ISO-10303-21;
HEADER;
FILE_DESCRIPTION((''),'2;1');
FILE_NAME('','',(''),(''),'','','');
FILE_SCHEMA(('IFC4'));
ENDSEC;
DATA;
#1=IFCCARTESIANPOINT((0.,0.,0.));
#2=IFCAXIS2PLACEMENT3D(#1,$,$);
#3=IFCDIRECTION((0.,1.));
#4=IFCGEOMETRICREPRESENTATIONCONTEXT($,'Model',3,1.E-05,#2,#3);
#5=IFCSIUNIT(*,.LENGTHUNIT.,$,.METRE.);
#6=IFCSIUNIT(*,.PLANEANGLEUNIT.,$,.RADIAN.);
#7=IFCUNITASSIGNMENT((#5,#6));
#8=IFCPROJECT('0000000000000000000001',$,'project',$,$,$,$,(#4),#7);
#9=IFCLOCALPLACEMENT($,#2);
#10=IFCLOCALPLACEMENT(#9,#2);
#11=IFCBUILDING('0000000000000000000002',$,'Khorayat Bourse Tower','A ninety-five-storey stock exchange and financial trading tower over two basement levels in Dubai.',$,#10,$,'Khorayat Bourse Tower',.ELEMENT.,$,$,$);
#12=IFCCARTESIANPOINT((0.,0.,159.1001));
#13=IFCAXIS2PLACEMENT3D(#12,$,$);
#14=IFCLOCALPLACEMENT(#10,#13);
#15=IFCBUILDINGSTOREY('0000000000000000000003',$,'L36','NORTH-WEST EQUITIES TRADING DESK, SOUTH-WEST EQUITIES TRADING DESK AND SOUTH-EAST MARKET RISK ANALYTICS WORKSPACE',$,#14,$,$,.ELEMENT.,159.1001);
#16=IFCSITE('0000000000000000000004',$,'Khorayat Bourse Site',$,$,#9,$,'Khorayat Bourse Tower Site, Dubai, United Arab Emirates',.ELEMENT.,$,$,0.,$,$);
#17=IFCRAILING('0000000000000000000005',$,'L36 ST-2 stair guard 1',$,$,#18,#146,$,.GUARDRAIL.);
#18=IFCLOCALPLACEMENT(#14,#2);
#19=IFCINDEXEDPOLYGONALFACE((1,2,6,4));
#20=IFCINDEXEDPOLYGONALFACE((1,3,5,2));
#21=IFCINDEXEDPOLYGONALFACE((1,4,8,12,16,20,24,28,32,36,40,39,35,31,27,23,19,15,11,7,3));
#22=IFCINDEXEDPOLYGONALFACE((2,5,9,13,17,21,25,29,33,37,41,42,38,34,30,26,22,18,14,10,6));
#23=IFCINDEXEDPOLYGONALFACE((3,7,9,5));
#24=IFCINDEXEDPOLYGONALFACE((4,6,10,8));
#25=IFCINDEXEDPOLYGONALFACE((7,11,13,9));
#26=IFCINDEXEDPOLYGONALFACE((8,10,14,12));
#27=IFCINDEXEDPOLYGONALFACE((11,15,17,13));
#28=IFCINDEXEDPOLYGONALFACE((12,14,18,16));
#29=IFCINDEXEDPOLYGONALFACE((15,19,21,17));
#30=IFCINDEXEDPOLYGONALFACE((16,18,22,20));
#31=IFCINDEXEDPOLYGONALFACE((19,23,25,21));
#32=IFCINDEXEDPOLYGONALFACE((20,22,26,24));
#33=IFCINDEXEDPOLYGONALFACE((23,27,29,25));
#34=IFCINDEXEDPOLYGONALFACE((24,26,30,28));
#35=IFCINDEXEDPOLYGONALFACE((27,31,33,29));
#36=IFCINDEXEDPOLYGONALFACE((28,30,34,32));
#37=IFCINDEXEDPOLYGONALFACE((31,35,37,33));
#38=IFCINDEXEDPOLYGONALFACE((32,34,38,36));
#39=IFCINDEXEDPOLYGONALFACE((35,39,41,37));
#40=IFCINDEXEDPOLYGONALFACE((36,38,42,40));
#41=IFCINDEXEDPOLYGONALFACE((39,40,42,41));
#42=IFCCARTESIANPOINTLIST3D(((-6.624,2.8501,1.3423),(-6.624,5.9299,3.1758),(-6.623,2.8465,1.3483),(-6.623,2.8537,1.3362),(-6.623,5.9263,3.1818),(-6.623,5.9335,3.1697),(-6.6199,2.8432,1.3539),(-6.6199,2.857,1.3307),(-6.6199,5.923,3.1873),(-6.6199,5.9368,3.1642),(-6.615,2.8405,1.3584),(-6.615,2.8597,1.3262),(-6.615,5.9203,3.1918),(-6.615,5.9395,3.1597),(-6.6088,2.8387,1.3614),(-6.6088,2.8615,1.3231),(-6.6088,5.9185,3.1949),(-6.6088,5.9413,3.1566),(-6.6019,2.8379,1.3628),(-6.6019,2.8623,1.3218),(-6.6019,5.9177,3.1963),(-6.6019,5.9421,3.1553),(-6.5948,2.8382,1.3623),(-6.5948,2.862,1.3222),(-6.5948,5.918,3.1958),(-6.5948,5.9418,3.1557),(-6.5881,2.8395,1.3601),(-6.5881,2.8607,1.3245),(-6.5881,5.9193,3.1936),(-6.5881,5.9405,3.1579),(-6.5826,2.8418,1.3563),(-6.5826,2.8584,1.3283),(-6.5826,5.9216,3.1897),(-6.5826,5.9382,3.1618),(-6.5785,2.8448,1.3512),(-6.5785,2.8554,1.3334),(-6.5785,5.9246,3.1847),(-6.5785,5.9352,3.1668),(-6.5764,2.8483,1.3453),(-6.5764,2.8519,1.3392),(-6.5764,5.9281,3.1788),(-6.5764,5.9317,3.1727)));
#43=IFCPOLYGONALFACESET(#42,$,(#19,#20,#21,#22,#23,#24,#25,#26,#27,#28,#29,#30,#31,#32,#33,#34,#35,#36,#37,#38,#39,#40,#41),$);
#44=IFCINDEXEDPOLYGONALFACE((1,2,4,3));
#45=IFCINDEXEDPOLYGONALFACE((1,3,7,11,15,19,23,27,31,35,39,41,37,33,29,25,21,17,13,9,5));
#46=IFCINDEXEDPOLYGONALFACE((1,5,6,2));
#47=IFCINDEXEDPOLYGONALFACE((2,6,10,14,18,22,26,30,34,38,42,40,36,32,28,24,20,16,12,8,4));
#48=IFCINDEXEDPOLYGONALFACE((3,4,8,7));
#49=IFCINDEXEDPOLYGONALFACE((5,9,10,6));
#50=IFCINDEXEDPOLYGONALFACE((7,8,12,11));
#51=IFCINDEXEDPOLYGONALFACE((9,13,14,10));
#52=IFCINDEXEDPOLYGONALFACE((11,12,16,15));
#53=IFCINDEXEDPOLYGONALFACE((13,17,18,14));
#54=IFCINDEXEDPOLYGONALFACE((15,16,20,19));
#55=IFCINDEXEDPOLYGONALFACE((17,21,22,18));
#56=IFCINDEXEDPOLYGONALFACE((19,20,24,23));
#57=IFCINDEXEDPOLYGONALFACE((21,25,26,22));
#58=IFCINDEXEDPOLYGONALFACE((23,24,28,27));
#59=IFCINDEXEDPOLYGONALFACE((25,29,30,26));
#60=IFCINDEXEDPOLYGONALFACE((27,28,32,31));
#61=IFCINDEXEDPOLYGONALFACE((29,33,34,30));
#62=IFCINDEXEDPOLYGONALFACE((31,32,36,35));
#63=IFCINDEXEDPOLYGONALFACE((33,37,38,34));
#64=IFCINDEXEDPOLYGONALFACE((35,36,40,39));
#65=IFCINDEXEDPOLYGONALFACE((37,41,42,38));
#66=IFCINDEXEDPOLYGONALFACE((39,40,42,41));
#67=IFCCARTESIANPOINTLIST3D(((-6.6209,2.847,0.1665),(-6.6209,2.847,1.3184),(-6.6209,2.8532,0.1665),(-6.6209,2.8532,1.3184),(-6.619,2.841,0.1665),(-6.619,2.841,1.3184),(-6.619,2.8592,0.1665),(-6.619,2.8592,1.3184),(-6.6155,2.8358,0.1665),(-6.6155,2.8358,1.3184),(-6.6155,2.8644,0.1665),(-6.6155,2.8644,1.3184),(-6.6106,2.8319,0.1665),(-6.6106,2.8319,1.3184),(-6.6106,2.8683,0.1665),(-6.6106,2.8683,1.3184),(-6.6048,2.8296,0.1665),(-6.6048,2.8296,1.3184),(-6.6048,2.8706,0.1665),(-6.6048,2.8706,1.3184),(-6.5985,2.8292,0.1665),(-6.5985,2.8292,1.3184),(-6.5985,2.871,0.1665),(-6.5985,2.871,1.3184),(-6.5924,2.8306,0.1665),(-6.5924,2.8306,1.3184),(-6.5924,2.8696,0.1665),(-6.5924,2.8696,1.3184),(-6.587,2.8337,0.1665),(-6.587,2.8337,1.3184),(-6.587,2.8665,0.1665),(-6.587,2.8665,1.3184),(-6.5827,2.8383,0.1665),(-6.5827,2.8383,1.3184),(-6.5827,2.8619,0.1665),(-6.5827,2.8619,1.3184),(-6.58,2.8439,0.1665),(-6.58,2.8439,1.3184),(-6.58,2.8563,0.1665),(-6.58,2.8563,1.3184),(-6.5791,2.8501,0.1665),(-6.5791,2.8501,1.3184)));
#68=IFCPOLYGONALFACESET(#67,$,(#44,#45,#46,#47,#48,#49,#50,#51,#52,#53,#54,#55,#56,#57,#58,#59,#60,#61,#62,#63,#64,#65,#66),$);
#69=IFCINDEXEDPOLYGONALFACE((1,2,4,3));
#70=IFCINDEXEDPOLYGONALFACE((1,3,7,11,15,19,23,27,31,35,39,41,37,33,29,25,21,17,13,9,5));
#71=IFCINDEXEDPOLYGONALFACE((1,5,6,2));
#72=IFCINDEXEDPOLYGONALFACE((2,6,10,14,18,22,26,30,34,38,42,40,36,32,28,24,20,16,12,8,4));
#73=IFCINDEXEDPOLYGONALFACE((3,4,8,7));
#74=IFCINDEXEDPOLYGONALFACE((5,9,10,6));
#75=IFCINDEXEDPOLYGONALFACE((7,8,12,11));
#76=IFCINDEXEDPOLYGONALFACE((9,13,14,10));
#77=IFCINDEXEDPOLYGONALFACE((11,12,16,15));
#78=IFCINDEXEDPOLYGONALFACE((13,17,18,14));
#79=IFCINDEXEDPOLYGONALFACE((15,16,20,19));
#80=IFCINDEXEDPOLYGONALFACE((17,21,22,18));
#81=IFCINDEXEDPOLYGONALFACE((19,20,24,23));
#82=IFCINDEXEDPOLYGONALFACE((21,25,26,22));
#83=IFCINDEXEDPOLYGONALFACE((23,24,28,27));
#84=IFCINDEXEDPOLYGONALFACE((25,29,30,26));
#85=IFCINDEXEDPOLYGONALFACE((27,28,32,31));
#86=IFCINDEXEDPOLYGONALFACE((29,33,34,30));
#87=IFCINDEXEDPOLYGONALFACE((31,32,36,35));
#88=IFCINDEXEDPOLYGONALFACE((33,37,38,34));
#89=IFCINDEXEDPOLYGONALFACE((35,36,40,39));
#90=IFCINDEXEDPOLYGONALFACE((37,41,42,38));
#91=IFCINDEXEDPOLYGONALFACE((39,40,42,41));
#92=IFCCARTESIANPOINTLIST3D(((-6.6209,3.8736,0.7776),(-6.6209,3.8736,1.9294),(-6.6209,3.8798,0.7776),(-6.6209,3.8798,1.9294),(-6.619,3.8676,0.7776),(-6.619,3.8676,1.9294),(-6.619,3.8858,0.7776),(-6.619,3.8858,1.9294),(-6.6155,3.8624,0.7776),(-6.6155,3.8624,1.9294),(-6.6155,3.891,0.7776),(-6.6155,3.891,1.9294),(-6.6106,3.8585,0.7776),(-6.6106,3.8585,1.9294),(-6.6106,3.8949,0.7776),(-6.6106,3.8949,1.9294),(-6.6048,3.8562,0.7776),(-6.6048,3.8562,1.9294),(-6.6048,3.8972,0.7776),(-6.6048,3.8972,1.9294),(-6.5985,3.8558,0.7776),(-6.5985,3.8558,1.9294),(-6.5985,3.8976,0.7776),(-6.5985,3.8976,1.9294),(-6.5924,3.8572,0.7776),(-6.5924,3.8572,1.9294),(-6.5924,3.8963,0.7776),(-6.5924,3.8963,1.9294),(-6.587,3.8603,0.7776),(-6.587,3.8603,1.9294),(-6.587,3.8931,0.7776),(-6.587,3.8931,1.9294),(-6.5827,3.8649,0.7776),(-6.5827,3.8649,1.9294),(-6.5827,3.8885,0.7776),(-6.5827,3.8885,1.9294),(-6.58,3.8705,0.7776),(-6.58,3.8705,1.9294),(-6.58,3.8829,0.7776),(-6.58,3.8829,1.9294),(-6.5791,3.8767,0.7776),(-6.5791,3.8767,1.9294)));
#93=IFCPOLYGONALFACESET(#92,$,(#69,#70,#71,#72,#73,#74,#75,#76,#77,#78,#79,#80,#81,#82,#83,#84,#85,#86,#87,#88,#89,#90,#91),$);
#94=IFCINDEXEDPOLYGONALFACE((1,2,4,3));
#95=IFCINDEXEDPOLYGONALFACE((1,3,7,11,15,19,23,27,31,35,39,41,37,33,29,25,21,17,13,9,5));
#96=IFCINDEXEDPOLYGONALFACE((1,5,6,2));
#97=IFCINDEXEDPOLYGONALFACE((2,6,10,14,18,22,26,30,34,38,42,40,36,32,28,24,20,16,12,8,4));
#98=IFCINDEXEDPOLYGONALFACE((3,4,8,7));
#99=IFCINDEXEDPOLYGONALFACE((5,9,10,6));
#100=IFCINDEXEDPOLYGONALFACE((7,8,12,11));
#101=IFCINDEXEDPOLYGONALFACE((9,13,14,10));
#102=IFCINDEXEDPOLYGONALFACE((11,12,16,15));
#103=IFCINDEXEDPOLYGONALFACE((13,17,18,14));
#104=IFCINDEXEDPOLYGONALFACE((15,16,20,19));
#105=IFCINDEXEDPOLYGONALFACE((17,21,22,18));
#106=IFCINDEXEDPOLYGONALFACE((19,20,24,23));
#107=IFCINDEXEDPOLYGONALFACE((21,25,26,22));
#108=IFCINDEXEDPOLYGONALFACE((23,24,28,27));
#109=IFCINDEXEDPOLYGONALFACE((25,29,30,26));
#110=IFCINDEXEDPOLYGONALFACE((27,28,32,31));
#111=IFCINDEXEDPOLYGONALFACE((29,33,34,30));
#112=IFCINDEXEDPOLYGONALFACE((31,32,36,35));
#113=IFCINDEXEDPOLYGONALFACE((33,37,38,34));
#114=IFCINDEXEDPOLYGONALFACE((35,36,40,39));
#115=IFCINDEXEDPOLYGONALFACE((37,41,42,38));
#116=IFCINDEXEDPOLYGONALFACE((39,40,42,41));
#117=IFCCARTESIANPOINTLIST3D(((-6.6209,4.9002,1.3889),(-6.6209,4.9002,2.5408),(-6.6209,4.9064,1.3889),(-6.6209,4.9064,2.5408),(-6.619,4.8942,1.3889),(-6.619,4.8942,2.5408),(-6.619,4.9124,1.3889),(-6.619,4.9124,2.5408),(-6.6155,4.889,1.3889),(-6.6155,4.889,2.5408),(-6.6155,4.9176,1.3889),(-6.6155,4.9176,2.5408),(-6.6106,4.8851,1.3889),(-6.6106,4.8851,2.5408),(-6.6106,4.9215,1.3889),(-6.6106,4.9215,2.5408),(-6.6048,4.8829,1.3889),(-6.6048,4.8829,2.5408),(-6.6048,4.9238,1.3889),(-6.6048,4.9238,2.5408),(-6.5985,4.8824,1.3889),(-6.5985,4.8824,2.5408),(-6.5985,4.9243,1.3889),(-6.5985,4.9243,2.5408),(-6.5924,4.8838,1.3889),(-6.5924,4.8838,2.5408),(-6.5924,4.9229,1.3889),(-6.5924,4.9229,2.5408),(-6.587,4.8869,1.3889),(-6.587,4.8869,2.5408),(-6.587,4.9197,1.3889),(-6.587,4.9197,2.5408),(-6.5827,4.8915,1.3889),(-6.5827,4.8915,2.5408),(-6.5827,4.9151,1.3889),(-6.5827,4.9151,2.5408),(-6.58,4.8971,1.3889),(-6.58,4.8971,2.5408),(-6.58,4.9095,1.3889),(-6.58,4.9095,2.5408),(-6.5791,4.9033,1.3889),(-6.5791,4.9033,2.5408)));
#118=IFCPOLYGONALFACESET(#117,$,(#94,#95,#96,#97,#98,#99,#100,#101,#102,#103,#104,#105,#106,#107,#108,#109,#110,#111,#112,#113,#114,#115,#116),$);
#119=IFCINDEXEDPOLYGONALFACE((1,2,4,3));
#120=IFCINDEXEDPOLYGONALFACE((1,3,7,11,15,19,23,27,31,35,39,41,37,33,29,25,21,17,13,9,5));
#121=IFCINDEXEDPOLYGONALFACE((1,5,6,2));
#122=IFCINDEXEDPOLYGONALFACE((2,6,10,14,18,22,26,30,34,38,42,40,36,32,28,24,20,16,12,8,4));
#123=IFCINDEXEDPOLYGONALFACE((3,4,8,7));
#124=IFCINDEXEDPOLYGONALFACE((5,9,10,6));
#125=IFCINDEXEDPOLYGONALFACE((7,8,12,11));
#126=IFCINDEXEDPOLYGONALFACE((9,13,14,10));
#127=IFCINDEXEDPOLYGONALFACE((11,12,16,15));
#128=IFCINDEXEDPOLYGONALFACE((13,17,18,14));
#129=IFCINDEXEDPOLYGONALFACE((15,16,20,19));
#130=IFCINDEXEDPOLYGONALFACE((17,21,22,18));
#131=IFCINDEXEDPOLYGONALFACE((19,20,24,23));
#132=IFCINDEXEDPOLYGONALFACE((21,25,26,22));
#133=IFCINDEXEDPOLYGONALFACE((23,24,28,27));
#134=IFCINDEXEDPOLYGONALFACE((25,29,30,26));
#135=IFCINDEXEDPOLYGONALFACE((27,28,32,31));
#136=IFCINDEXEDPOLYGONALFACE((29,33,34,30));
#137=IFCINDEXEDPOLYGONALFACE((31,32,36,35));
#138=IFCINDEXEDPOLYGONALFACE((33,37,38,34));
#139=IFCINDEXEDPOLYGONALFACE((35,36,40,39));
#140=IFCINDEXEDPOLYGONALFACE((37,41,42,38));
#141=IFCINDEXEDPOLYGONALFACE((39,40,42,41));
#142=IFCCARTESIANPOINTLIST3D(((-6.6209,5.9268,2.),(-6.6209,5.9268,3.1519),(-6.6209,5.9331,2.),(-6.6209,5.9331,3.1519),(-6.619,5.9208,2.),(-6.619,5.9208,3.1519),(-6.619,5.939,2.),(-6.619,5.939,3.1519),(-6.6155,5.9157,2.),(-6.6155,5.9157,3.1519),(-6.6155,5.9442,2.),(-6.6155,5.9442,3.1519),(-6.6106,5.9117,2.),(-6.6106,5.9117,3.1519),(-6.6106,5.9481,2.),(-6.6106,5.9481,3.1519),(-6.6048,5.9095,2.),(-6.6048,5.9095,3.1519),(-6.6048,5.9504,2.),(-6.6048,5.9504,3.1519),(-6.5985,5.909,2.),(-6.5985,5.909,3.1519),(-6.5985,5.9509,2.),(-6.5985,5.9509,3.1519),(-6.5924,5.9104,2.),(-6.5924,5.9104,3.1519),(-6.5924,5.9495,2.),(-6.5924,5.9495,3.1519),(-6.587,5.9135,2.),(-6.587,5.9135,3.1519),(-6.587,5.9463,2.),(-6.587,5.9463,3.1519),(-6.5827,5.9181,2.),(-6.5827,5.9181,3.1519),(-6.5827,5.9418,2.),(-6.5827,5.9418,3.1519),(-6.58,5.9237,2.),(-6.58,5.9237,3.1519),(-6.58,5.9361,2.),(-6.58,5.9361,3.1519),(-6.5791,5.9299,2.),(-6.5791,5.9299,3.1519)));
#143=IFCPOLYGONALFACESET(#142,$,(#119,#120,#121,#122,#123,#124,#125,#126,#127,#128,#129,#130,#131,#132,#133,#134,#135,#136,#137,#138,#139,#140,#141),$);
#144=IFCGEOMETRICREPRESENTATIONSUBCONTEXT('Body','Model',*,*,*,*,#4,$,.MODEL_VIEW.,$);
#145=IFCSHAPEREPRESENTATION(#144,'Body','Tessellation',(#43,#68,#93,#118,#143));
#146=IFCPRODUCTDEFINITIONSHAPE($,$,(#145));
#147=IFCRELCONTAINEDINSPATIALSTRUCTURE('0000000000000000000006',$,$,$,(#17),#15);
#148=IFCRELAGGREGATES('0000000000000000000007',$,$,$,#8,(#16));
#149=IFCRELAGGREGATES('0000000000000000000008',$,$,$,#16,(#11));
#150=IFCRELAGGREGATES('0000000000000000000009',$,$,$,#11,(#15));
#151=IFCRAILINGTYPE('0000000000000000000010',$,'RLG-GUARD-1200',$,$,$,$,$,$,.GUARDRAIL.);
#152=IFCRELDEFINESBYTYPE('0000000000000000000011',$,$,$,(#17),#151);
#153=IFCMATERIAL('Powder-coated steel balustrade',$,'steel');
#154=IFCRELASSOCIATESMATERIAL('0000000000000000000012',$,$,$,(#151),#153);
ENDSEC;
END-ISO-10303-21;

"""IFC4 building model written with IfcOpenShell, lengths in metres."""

from ifc_helpers import new_model, si_unit, direction, frame, origin, origin_2d, place, context, subcontext, project, spatial, circle, extrude, source, transform, mapped, material, type_object, element, save


model = new_model("IFC4")

# Units and contexts
model_context = context("Model", 3, precision=1e-05, world=origin(), true_north=direction((0.0, 1.0)))
body_context = subcontext(model_context, "Body", "Model", "MODEL_VIEW")
ifc_project = project(units=[si_unit("LENGTHUNIT", "METRE"), si_unit("PLANEANGLEUNIT", "RADIAN")], contexts=[model_context])

# Site, building, storey
site_placement = place(None, origin())
site = spatial("IfcSite", under=ifc_project, at=site_placement, Name="Khorayat Bourse Site", LongName="Khorayat Bourse Tower Site, Dubai, United Arab Emirates", CompositionType="ELEMENT", RefElevation=0.0)
building_placement = place(site_placement, origin())
building = spatial("IfcBuilding", under=site, at=building_placement, Name="Khorayat Bourse Tower", Description="A ninety-five-storey stock exchange and financial trading tower over two basement levels in Dubai.", LongName="Khorayat Bourse Tower", CompositionType="ELEMENT")
storey_placement = place(building_placement, frame((0.0, 0.0, 159.1001)))
storey = spatial("IfcBuildingStorey", under=building, at=storey_placement, Name="L36", Description="NORTH-WEST EQUITIES TRADING DESK, SOUTH-WEST EQUITIES TRADING DESK AND SOUTH-EAST MARKET RISK ANALYTICS WORKSPACE", CompositionType="ELEMENT", Elevation=159.1001)

# Railing
ifc_material_1 = material(Name="Powder-coated steel balustrade", Category="steel")
railing_type_1 = type_object("IfcRailingType", Name="RLG-GUARD-1200", PredefinedType="GUARDRAIL", material=ifc_material_1)
shared_shape_1 = source(origin(), body_context, "Body", "SweptSolid", [
    extrude(circle(Radius=0.0239, at=origin_2d()), frame((0.0, 0.0, 1.1758), z_axis=(0.0, 0.859261, 0.511538), x_axis=(-1.0, 0.0, 0.0)), (0.0, 0.0, 1.0), 3.5842),
    extrude(circle(Radius=0.021, at=origin_2d()), origin(), (0.0, 0.0, 1.0), 1.1519),
    extrude(circle(Radius=0.021, at=origin_2d()), frame((0.0, 1.0266, 0.6111)), (0.0, 0.0, 1.0), 1.1519),
    extrude(circle(Radius=0.021, at=origin_2d()), frame((0.0, 2.0532, 1.2224)), (0.0, 0.0, 1.0), 1.1519),
    extrude(circle(Radius=0.021, at=origin_2d()), frame((0.0, 3.0798, 1.8335)), (0.0, 0.0, 1.0), 1.1519),
])
railing_1_placement = place(storey_placement, frame((-6.6001, 2.8501, 0.1665)))
element("IfcRailing", 1, at=railing_1_placement, inside=storey, type_object=railing_type_1, Name="L36 ST-2 stair guard 1", PredefinedType="GUARDRAIL", context=body_context, shape_type="MappedRepresentation", body=[
    mapped(shared_shape_1, transform((0.0, 0.0, 0.0), scale=1.0)),
])

save(model, "model.ifc")
